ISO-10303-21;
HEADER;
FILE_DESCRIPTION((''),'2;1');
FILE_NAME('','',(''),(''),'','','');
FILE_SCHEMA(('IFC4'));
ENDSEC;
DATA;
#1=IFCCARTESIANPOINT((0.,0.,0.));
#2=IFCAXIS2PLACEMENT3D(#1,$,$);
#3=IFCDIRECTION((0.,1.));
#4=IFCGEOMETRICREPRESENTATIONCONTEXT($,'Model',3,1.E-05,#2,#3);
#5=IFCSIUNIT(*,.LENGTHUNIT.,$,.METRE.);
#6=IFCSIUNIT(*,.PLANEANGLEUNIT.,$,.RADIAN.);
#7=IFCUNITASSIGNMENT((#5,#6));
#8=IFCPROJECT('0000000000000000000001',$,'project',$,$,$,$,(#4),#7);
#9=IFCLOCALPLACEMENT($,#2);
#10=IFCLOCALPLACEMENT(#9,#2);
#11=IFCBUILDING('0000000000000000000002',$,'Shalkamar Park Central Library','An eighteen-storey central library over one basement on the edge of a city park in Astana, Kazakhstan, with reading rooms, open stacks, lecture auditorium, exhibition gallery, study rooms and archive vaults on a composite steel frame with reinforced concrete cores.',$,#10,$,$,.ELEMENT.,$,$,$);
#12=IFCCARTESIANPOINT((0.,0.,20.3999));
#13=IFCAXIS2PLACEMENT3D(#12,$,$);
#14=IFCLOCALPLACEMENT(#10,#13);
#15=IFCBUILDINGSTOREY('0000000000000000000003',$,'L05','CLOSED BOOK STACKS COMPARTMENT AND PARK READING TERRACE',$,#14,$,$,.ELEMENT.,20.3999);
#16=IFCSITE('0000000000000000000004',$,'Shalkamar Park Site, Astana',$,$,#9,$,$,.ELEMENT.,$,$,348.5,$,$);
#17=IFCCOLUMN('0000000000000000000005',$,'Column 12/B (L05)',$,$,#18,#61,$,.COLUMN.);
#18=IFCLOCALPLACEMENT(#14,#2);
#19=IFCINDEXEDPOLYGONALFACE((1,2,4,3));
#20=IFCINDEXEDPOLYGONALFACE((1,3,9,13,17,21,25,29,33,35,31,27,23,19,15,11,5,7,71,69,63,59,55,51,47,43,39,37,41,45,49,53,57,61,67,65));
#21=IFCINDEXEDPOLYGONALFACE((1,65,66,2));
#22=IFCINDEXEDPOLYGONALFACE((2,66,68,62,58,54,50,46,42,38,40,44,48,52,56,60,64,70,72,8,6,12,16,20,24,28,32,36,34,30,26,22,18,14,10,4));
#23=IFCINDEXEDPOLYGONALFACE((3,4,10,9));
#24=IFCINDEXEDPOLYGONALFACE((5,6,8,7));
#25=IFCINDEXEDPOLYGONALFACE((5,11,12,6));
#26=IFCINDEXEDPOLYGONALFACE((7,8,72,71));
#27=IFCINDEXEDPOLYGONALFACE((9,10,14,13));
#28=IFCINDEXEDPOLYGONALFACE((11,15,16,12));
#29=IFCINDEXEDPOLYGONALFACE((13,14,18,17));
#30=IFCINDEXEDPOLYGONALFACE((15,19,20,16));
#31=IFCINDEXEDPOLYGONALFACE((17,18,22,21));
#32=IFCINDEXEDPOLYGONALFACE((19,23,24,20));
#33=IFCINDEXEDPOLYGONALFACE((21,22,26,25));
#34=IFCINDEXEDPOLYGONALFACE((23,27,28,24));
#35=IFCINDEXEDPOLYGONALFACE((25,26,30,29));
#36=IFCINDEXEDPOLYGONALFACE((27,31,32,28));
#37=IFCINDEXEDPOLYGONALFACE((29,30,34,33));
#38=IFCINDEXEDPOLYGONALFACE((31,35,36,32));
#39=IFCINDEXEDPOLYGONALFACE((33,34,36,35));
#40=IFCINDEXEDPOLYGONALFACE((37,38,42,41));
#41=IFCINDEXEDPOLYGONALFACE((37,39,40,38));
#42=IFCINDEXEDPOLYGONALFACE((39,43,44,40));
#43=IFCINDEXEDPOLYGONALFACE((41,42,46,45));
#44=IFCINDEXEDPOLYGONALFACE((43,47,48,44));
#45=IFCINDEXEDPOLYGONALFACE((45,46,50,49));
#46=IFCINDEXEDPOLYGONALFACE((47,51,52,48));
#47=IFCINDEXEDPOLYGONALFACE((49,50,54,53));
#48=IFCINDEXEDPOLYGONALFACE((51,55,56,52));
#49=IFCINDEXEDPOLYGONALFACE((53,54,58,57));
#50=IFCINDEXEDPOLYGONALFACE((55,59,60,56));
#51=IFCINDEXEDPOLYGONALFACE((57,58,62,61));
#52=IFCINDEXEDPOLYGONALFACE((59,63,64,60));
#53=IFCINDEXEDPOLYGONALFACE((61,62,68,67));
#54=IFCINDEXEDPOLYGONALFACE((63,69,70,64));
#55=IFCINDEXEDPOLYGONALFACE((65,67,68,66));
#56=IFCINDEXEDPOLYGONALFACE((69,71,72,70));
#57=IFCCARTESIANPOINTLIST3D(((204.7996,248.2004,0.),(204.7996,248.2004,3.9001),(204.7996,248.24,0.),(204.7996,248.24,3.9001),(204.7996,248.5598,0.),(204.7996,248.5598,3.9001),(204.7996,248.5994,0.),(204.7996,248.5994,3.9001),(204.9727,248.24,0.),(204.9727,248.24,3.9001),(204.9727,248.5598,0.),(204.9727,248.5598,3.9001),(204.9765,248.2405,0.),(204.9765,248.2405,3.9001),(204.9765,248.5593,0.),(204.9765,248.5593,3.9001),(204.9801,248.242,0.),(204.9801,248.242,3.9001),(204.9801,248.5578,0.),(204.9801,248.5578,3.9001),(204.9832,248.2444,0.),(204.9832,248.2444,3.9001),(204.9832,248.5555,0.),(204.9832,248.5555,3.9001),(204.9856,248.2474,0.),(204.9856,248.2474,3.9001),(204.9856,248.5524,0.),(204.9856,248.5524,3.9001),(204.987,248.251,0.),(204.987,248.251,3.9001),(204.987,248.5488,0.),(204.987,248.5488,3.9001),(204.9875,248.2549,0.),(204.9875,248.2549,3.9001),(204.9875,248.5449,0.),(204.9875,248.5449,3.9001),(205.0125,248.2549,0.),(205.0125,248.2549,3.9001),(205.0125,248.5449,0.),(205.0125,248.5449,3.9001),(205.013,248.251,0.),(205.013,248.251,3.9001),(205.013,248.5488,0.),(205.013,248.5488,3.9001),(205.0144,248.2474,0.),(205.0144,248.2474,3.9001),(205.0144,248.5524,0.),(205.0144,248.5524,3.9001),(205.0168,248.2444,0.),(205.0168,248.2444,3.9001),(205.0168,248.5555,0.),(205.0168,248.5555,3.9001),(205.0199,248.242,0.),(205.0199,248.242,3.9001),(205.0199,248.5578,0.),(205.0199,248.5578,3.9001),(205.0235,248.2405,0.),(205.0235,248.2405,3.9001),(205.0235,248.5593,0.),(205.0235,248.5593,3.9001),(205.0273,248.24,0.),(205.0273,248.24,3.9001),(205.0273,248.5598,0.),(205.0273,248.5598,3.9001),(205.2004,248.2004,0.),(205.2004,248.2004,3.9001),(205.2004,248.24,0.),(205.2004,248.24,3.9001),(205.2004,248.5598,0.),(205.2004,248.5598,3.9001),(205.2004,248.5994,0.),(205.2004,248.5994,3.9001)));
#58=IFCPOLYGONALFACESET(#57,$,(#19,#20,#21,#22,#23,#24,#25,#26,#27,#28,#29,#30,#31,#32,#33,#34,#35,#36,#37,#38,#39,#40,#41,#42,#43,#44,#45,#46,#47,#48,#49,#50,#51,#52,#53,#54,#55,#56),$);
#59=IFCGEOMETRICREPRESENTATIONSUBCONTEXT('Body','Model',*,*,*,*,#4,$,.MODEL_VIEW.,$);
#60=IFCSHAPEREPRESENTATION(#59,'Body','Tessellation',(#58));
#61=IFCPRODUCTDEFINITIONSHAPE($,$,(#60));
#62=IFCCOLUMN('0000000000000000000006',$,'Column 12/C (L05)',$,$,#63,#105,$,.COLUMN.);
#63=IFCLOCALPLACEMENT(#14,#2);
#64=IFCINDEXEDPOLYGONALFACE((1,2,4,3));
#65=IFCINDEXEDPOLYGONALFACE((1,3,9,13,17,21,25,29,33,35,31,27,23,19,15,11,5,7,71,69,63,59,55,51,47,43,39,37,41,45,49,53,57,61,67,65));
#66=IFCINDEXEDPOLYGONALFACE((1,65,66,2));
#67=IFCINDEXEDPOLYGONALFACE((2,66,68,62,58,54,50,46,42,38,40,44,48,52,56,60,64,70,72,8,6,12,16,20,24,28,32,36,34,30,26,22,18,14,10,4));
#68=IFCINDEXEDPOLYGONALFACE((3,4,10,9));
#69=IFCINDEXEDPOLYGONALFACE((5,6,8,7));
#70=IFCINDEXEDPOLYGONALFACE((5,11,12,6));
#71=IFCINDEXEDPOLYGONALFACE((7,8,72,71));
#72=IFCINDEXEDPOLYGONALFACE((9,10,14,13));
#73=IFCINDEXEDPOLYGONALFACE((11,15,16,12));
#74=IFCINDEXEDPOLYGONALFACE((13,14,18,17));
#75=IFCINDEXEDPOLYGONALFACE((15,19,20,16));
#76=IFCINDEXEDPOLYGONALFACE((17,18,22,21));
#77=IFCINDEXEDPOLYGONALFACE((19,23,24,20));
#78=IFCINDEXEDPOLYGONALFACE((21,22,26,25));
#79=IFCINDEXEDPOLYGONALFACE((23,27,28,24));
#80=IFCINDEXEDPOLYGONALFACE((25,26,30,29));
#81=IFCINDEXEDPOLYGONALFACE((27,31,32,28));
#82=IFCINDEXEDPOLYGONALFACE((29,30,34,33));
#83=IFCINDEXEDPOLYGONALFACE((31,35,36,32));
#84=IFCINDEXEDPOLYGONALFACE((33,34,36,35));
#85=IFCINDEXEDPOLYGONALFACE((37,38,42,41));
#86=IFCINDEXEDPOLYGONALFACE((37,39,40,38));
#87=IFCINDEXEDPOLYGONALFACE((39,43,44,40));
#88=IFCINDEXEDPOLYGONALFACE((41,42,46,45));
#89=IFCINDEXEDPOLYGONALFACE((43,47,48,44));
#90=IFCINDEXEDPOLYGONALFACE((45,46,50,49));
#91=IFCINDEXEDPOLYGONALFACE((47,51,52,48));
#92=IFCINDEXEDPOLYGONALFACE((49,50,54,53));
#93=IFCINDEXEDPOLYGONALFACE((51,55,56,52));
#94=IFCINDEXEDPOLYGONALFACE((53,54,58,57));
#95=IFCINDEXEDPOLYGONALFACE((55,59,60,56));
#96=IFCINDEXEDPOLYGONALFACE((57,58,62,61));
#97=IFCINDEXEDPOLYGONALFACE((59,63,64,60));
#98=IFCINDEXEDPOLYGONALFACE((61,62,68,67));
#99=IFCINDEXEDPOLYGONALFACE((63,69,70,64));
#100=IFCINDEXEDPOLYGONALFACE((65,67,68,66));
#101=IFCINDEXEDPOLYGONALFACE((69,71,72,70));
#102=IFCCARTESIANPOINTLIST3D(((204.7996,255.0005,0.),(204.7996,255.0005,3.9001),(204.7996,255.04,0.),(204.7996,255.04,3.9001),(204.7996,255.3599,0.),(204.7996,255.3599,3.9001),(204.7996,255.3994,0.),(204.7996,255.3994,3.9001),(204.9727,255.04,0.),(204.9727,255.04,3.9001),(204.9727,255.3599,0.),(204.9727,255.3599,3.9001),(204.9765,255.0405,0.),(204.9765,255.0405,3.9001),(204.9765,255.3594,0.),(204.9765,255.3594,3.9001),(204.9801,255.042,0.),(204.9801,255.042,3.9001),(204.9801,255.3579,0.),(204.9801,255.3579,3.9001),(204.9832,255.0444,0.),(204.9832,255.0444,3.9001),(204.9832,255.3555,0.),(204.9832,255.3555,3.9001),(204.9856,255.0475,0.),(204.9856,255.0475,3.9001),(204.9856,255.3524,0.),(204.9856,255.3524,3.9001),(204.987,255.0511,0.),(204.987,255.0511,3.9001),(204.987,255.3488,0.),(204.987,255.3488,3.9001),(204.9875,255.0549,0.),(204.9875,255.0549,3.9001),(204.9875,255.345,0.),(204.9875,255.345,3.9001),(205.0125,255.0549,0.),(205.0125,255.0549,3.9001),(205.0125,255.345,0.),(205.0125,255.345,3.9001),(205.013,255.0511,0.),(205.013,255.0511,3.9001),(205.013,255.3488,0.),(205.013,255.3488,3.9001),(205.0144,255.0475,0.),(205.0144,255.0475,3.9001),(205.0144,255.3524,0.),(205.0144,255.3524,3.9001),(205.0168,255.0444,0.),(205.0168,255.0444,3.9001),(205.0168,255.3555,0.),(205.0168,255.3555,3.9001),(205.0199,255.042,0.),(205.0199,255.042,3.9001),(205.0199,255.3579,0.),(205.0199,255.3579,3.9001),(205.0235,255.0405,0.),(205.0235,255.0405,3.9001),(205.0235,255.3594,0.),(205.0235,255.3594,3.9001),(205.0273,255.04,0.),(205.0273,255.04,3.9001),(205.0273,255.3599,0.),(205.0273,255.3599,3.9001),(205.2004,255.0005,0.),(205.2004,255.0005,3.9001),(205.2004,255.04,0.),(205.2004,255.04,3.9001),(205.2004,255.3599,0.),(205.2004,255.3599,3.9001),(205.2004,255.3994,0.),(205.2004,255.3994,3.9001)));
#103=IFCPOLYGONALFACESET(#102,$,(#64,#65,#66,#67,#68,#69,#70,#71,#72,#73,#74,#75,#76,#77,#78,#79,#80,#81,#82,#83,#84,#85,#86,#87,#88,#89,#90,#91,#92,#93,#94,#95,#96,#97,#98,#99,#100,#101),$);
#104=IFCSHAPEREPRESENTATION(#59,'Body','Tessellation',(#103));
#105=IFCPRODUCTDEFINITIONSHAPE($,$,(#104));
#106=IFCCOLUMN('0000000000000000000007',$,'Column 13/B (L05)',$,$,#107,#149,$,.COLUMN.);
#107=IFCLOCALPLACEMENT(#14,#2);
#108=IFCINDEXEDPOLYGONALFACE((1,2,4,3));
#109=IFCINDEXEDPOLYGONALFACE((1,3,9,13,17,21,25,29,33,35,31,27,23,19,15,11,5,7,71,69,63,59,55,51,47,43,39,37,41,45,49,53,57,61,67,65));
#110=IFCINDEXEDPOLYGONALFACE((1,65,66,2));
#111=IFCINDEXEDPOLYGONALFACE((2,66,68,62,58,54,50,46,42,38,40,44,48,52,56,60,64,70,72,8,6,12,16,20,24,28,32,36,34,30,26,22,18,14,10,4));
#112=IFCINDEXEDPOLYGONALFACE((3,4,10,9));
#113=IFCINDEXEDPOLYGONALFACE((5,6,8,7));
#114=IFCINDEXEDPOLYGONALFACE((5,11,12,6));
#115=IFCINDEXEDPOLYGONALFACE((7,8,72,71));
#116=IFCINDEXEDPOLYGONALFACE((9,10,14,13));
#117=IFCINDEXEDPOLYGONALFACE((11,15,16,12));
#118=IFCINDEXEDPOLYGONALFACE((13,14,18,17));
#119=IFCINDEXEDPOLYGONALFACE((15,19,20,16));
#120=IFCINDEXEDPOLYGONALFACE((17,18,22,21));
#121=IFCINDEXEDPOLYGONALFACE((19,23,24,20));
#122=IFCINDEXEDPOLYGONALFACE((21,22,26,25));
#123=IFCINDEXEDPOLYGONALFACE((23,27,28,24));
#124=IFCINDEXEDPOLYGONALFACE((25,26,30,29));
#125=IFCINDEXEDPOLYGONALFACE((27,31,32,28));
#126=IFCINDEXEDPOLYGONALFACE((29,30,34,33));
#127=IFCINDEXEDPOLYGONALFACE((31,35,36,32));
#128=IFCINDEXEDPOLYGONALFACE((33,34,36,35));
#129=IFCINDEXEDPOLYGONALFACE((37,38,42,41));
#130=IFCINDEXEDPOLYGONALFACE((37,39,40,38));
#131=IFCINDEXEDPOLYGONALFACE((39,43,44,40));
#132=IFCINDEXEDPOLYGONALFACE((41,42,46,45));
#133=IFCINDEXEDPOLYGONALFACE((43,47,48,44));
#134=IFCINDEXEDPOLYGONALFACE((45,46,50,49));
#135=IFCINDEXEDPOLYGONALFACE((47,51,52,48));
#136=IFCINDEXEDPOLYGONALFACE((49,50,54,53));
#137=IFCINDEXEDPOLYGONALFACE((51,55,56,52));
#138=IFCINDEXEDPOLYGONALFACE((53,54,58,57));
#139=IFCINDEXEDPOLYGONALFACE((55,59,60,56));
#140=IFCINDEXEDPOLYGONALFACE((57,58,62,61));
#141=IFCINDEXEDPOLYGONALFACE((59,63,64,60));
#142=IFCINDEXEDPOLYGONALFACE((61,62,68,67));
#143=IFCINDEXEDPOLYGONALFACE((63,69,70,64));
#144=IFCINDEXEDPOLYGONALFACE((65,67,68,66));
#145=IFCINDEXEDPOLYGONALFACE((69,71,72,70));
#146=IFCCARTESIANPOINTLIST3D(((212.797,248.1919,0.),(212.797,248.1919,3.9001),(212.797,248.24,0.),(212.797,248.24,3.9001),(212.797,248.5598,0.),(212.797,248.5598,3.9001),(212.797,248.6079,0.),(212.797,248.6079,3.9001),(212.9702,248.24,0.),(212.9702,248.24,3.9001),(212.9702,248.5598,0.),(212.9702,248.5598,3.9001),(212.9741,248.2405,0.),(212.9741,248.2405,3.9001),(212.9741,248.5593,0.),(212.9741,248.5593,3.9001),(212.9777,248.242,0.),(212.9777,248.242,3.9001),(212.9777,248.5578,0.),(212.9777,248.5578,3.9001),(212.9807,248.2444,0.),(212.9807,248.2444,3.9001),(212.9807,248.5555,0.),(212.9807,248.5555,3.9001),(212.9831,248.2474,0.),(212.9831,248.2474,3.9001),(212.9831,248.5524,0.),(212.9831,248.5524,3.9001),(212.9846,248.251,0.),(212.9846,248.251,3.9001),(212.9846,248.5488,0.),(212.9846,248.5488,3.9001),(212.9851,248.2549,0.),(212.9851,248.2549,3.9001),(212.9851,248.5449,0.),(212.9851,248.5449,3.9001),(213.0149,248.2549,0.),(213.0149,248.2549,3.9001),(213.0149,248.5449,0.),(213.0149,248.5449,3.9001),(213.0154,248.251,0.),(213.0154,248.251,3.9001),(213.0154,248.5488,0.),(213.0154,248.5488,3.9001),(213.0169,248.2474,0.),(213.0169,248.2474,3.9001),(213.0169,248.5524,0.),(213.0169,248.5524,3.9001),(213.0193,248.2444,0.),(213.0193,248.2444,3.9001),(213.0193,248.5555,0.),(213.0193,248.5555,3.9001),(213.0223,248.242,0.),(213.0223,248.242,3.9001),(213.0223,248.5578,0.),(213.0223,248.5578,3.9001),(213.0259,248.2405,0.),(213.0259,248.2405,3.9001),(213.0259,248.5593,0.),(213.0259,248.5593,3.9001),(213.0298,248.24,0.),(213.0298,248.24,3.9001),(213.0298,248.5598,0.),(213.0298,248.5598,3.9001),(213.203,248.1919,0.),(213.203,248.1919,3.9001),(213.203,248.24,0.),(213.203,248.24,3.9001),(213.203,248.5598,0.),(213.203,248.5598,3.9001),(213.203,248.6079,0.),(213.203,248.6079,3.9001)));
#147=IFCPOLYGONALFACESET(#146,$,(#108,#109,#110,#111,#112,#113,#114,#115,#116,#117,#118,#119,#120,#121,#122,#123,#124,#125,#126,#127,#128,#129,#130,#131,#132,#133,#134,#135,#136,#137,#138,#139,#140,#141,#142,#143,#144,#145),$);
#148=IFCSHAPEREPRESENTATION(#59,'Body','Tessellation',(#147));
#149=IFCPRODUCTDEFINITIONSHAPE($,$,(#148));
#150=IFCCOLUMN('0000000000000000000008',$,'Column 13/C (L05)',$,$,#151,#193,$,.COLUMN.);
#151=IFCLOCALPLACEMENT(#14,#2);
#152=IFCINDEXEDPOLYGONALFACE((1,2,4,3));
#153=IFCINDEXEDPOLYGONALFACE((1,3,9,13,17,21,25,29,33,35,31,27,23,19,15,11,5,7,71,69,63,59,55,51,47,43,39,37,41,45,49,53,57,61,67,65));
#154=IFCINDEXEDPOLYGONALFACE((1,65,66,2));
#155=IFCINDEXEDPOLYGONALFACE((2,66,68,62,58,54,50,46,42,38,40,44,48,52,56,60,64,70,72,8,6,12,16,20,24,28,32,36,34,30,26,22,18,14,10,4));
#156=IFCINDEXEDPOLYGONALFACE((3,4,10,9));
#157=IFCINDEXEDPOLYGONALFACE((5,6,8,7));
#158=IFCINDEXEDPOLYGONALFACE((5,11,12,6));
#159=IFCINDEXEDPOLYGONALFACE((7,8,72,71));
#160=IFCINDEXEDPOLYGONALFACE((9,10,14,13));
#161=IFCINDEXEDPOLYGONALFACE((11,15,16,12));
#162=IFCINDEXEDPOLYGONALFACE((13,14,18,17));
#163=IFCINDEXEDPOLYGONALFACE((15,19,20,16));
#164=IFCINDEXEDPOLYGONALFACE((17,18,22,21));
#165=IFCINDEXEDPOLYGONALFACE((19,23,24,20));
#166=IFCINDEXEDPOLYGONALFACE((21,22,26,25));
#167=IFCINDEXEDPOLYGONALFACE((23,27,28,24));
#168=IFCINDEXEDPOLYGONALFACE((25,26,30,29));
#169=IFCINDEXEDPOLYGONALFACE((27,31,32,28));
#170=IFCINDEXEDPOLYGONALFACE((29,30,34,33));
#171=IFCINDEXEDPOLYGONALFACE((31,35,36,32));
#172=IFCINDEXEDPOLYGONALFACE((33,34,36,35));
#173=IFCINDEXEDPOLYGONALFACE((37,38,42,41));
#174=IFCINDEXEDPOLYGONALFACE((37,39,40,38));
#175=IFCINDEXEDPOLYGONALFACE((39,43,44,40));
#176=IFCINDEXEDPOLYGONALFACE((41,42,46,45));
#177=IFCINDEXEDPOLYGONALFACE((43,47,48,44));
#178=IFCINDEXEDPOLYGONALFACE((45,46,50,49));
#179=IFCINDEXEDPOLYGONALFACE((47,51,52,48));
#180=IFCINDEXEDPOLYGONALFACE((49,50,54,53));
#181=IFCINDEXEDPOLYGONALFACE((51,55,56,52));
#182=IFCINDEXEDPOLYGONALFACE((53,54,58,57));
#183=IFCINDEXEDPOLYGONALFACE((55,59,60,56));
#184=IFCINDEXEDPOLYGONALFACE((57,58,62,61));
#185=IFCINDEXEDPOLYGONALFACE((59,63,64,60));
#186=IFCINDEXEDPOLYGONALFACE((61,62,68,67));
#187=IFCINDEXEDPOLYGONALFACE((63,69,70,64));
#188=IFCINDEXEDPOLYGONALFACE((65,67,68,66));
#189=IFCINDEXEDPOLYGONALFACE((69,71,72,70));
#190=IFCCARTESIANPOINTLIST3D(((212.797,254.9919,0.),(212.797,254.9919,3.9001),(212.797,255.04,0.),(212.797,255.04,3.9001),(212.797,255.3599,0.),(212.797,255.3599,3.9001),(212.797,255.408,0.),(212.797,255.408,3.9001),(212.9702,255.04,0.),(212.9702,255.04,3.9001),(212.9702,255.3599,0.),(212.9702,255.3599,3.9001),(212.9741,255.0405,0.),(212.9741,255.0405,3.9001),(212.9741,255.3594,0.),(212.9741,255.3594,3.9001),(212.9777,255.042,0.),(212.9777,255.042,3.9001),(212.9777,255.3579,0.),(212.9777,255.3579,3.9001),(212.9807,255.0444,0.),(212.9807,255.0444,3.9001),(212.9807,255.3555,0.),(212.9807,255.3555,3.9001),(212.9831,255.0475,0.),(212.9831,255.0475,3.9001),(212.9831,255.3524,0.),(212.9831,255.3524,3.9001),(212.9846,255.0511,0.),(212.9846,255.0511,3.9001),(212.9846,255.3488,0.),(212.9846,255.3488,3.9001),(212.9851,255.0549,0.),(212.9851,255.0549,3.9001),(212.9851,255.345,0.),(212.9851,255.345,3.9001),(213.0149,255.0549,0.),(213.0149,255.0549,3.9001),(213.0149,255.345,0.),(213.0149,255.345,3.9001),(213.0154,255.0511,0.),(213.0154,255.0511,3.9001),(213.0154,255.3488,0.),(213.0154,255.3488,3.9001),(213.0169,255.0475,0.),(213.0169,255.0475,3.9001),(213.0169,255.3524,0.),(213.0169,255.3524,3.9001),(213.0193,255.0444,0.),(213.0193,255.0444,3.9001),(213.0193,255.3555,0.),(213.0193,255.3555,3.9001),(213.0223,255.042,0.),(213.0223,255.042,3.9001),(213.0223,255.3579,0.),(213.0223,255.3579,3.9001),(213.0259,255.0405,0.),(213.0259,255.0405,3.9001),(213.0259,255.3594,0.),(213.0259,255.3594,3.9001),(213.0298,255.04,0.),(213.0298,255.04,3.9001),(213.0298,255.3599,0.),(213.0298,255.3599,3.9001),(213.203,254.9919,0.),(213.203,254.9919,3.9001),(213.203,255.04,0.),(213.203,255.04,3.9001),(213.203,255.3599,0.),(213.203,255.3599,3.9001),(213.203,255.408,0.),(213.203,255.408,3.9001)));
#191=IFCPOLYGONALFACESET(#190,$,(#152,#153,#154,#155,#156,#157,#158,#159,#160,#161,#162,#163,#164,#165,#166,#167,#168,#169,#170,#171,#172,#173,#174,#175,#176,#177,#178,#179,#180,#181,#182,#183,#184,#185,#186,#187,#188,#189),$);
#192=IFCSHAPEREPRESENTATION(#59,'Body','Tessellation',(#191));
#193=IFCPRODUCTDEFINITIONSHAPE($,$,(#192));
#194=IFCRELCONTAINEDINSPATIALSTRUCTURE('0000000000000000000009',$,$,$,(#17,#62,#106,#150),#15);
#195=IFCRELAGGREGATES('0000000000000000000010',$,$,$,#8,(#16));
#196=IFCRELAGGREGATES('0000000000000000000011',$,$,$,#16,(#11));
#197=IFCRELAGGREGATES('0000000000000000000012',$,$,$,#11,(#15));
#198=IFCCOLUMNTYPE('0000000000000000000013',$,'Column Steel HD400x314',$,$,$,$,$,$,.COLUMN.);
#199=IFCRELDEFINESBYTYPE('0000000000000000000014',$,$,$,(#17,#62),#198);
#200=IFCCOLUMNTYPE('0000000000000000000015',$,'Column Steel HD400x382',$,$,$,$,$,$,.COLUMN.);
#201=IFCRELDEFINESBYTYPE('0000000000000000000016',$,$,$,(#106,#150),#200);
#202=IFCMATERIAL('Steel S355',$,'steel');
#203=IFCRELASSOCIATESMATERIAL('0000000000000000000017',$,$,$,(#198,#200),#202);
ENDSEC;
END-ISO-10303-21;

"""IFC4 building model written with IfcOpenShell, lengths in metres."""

from ifc_helpers import new_model, si_unit, direction, frame, origin, origin_2d, place, context, subcontext, project, spatial, i_section, extrude, material, material_profile, profile_set, type_object, element, save


model = new_model("IFC4")

# Units and contexts
model_context = context("Model", 3, precision=1e-05, world=origin(), true_north=direction((0.0, 1.0)))
body_context = subcontext(model_context, "Body", "Model", "MODEL_VIEW")
ifc_project = project(units=[si_unit("LENGTHUNIT", "METRE"), si_unit("PLANEANGLEUNIT", "RADIAN")], contexts=[model_context])

# Site, building, storey
site_placement = place(None, origin())
site = spatial("IfcSite", under=ifc_project, at=site_placement, Name="Shalkamar Park Site, Astana", CompositionType="ELEMENT", RefElevation=348.5)
building_placement = place(site_placement, origin())
building = spatial("IfcBuilding", under=site, at=building_placement, Name="Shalkamar Park Central Library", Description="An eighteen-storey central library over one basement on the edge of a city park in Astana, Kazakhstan, with reading rooms, open stacks, lecture auditorium, exhibition gallery, study rooms and archive vaults on a composite steel frame with reinforced concrete cores.", CompositionType="ELEMENT")
storey_placement = place(building_placement, frame((0.0, 0.0, 20.3999)))
storey = spatial("IfcBuildingStorey", under=building, at=storey_placement, Name="L05", Description="CLOSED BOOK STACKS COMPARTMENT AND PARK READING TERRACE", CompositionType="ELEMENT", Elevation=20.3999)

# Columns
ifc_material_1 = material(Name="Steel S355", Category="steel")
ifc_material_profile_1 = material_profile(ifc_material_1, i_section(OverallWidth=0.4009, OverallDepth=0.3989, WebThickness=0.0249, FlangeThickness=0.0396, FilletRadius=0.0149, at=origin_2d()), Name="HD 400x314")
ifc_profile_set_1 = profile_set([ifc_material_profile_1], Name="Steel S355")
column_type_1 = type_object("IfcColumnType", Name="Column Steel HD400x314", PredefinedType="COLUMN", material=ifc_profile_set_1)
for number, where, z_axis, x_axis, name in (
    (1, (205.0, 248.3999, 0.0), (0.0, 0.0, 1.0), (1.0, 0.0, 0.0), "Column 12/B (L05)"),
    (2, (205.0, 255.2, 0.0), (0.0, 0.0, 1.0), (1.0, 0.0, 0.0), "Column 12/C (L05)"),
):
    element("IfcColumn", number, at=place(storey_placement, frame(where, z_axis=z_axis, x_axis=x_axis)), inside=storey, type_object=column_type_1, Name=name, PredefinedType="COLUMN", context=body_context, shape_type="SweptSolid", body=[
        extrude(i_section(OverallWidth=0.4009, OverallDepth=0.3989, WebThickness=0.0249, FlangeThickness=0.0396, FilletRadius=0.0149, at=origin_2d()), origin(), (0.0, 0.0, 1.0), 3.9001),
    ])
ifc_material_profile_2 = material_profile(ifc_material_1, i_section(OverallWidth=0.406, OverallDepth=0.416, WebThickness=0.0298, FlangeThickness=0.0481, FilletRadius=0.0149, at=origin_2d()), Name="HD 400x382")
ifc_profile_set_2 = profile_set([ifc_material_profile_2], Name="Steel S355")
column_type_2 = type_object("IfcColumnType", Name="Column Steel HD400x382", PredefinedType="COLUMN", material=ifc_profile_set_2)
for number, where, z_axis, x_axis, name in (
    (3, (213.0, 248.3999, 0.0), (0.0, 0.0, 1.0), (1.0, 0.0, 0.0), "Column 13/B (L05)"),
    (4, (213.0, 255.2, 0.0), (0.0, 0.0, 1.0), (1.0, 0.0, 0.0), "Column 13/C (L05)"),
):
    element("IfcColumn", number, at=place(storey_placement, frame(where, z_axis=z_axis, x_axis=x_axis)), inside=storey, type_object=column_type_2, Name=name, PredefinedType="COLUMN", context=body_context, shape_type="SweptSolid", body=[
        extrude(i_section(OverallWidth=0.406, OverallDepth=0.416, WebThickness=0.0298, FlangeThickness=0.0481, FilletRadius=0.0149, at=origin_2d()), origin(), (0.0, 0.0, 1.0), 3.9001),
    ])

save(model, "model.ifc")
